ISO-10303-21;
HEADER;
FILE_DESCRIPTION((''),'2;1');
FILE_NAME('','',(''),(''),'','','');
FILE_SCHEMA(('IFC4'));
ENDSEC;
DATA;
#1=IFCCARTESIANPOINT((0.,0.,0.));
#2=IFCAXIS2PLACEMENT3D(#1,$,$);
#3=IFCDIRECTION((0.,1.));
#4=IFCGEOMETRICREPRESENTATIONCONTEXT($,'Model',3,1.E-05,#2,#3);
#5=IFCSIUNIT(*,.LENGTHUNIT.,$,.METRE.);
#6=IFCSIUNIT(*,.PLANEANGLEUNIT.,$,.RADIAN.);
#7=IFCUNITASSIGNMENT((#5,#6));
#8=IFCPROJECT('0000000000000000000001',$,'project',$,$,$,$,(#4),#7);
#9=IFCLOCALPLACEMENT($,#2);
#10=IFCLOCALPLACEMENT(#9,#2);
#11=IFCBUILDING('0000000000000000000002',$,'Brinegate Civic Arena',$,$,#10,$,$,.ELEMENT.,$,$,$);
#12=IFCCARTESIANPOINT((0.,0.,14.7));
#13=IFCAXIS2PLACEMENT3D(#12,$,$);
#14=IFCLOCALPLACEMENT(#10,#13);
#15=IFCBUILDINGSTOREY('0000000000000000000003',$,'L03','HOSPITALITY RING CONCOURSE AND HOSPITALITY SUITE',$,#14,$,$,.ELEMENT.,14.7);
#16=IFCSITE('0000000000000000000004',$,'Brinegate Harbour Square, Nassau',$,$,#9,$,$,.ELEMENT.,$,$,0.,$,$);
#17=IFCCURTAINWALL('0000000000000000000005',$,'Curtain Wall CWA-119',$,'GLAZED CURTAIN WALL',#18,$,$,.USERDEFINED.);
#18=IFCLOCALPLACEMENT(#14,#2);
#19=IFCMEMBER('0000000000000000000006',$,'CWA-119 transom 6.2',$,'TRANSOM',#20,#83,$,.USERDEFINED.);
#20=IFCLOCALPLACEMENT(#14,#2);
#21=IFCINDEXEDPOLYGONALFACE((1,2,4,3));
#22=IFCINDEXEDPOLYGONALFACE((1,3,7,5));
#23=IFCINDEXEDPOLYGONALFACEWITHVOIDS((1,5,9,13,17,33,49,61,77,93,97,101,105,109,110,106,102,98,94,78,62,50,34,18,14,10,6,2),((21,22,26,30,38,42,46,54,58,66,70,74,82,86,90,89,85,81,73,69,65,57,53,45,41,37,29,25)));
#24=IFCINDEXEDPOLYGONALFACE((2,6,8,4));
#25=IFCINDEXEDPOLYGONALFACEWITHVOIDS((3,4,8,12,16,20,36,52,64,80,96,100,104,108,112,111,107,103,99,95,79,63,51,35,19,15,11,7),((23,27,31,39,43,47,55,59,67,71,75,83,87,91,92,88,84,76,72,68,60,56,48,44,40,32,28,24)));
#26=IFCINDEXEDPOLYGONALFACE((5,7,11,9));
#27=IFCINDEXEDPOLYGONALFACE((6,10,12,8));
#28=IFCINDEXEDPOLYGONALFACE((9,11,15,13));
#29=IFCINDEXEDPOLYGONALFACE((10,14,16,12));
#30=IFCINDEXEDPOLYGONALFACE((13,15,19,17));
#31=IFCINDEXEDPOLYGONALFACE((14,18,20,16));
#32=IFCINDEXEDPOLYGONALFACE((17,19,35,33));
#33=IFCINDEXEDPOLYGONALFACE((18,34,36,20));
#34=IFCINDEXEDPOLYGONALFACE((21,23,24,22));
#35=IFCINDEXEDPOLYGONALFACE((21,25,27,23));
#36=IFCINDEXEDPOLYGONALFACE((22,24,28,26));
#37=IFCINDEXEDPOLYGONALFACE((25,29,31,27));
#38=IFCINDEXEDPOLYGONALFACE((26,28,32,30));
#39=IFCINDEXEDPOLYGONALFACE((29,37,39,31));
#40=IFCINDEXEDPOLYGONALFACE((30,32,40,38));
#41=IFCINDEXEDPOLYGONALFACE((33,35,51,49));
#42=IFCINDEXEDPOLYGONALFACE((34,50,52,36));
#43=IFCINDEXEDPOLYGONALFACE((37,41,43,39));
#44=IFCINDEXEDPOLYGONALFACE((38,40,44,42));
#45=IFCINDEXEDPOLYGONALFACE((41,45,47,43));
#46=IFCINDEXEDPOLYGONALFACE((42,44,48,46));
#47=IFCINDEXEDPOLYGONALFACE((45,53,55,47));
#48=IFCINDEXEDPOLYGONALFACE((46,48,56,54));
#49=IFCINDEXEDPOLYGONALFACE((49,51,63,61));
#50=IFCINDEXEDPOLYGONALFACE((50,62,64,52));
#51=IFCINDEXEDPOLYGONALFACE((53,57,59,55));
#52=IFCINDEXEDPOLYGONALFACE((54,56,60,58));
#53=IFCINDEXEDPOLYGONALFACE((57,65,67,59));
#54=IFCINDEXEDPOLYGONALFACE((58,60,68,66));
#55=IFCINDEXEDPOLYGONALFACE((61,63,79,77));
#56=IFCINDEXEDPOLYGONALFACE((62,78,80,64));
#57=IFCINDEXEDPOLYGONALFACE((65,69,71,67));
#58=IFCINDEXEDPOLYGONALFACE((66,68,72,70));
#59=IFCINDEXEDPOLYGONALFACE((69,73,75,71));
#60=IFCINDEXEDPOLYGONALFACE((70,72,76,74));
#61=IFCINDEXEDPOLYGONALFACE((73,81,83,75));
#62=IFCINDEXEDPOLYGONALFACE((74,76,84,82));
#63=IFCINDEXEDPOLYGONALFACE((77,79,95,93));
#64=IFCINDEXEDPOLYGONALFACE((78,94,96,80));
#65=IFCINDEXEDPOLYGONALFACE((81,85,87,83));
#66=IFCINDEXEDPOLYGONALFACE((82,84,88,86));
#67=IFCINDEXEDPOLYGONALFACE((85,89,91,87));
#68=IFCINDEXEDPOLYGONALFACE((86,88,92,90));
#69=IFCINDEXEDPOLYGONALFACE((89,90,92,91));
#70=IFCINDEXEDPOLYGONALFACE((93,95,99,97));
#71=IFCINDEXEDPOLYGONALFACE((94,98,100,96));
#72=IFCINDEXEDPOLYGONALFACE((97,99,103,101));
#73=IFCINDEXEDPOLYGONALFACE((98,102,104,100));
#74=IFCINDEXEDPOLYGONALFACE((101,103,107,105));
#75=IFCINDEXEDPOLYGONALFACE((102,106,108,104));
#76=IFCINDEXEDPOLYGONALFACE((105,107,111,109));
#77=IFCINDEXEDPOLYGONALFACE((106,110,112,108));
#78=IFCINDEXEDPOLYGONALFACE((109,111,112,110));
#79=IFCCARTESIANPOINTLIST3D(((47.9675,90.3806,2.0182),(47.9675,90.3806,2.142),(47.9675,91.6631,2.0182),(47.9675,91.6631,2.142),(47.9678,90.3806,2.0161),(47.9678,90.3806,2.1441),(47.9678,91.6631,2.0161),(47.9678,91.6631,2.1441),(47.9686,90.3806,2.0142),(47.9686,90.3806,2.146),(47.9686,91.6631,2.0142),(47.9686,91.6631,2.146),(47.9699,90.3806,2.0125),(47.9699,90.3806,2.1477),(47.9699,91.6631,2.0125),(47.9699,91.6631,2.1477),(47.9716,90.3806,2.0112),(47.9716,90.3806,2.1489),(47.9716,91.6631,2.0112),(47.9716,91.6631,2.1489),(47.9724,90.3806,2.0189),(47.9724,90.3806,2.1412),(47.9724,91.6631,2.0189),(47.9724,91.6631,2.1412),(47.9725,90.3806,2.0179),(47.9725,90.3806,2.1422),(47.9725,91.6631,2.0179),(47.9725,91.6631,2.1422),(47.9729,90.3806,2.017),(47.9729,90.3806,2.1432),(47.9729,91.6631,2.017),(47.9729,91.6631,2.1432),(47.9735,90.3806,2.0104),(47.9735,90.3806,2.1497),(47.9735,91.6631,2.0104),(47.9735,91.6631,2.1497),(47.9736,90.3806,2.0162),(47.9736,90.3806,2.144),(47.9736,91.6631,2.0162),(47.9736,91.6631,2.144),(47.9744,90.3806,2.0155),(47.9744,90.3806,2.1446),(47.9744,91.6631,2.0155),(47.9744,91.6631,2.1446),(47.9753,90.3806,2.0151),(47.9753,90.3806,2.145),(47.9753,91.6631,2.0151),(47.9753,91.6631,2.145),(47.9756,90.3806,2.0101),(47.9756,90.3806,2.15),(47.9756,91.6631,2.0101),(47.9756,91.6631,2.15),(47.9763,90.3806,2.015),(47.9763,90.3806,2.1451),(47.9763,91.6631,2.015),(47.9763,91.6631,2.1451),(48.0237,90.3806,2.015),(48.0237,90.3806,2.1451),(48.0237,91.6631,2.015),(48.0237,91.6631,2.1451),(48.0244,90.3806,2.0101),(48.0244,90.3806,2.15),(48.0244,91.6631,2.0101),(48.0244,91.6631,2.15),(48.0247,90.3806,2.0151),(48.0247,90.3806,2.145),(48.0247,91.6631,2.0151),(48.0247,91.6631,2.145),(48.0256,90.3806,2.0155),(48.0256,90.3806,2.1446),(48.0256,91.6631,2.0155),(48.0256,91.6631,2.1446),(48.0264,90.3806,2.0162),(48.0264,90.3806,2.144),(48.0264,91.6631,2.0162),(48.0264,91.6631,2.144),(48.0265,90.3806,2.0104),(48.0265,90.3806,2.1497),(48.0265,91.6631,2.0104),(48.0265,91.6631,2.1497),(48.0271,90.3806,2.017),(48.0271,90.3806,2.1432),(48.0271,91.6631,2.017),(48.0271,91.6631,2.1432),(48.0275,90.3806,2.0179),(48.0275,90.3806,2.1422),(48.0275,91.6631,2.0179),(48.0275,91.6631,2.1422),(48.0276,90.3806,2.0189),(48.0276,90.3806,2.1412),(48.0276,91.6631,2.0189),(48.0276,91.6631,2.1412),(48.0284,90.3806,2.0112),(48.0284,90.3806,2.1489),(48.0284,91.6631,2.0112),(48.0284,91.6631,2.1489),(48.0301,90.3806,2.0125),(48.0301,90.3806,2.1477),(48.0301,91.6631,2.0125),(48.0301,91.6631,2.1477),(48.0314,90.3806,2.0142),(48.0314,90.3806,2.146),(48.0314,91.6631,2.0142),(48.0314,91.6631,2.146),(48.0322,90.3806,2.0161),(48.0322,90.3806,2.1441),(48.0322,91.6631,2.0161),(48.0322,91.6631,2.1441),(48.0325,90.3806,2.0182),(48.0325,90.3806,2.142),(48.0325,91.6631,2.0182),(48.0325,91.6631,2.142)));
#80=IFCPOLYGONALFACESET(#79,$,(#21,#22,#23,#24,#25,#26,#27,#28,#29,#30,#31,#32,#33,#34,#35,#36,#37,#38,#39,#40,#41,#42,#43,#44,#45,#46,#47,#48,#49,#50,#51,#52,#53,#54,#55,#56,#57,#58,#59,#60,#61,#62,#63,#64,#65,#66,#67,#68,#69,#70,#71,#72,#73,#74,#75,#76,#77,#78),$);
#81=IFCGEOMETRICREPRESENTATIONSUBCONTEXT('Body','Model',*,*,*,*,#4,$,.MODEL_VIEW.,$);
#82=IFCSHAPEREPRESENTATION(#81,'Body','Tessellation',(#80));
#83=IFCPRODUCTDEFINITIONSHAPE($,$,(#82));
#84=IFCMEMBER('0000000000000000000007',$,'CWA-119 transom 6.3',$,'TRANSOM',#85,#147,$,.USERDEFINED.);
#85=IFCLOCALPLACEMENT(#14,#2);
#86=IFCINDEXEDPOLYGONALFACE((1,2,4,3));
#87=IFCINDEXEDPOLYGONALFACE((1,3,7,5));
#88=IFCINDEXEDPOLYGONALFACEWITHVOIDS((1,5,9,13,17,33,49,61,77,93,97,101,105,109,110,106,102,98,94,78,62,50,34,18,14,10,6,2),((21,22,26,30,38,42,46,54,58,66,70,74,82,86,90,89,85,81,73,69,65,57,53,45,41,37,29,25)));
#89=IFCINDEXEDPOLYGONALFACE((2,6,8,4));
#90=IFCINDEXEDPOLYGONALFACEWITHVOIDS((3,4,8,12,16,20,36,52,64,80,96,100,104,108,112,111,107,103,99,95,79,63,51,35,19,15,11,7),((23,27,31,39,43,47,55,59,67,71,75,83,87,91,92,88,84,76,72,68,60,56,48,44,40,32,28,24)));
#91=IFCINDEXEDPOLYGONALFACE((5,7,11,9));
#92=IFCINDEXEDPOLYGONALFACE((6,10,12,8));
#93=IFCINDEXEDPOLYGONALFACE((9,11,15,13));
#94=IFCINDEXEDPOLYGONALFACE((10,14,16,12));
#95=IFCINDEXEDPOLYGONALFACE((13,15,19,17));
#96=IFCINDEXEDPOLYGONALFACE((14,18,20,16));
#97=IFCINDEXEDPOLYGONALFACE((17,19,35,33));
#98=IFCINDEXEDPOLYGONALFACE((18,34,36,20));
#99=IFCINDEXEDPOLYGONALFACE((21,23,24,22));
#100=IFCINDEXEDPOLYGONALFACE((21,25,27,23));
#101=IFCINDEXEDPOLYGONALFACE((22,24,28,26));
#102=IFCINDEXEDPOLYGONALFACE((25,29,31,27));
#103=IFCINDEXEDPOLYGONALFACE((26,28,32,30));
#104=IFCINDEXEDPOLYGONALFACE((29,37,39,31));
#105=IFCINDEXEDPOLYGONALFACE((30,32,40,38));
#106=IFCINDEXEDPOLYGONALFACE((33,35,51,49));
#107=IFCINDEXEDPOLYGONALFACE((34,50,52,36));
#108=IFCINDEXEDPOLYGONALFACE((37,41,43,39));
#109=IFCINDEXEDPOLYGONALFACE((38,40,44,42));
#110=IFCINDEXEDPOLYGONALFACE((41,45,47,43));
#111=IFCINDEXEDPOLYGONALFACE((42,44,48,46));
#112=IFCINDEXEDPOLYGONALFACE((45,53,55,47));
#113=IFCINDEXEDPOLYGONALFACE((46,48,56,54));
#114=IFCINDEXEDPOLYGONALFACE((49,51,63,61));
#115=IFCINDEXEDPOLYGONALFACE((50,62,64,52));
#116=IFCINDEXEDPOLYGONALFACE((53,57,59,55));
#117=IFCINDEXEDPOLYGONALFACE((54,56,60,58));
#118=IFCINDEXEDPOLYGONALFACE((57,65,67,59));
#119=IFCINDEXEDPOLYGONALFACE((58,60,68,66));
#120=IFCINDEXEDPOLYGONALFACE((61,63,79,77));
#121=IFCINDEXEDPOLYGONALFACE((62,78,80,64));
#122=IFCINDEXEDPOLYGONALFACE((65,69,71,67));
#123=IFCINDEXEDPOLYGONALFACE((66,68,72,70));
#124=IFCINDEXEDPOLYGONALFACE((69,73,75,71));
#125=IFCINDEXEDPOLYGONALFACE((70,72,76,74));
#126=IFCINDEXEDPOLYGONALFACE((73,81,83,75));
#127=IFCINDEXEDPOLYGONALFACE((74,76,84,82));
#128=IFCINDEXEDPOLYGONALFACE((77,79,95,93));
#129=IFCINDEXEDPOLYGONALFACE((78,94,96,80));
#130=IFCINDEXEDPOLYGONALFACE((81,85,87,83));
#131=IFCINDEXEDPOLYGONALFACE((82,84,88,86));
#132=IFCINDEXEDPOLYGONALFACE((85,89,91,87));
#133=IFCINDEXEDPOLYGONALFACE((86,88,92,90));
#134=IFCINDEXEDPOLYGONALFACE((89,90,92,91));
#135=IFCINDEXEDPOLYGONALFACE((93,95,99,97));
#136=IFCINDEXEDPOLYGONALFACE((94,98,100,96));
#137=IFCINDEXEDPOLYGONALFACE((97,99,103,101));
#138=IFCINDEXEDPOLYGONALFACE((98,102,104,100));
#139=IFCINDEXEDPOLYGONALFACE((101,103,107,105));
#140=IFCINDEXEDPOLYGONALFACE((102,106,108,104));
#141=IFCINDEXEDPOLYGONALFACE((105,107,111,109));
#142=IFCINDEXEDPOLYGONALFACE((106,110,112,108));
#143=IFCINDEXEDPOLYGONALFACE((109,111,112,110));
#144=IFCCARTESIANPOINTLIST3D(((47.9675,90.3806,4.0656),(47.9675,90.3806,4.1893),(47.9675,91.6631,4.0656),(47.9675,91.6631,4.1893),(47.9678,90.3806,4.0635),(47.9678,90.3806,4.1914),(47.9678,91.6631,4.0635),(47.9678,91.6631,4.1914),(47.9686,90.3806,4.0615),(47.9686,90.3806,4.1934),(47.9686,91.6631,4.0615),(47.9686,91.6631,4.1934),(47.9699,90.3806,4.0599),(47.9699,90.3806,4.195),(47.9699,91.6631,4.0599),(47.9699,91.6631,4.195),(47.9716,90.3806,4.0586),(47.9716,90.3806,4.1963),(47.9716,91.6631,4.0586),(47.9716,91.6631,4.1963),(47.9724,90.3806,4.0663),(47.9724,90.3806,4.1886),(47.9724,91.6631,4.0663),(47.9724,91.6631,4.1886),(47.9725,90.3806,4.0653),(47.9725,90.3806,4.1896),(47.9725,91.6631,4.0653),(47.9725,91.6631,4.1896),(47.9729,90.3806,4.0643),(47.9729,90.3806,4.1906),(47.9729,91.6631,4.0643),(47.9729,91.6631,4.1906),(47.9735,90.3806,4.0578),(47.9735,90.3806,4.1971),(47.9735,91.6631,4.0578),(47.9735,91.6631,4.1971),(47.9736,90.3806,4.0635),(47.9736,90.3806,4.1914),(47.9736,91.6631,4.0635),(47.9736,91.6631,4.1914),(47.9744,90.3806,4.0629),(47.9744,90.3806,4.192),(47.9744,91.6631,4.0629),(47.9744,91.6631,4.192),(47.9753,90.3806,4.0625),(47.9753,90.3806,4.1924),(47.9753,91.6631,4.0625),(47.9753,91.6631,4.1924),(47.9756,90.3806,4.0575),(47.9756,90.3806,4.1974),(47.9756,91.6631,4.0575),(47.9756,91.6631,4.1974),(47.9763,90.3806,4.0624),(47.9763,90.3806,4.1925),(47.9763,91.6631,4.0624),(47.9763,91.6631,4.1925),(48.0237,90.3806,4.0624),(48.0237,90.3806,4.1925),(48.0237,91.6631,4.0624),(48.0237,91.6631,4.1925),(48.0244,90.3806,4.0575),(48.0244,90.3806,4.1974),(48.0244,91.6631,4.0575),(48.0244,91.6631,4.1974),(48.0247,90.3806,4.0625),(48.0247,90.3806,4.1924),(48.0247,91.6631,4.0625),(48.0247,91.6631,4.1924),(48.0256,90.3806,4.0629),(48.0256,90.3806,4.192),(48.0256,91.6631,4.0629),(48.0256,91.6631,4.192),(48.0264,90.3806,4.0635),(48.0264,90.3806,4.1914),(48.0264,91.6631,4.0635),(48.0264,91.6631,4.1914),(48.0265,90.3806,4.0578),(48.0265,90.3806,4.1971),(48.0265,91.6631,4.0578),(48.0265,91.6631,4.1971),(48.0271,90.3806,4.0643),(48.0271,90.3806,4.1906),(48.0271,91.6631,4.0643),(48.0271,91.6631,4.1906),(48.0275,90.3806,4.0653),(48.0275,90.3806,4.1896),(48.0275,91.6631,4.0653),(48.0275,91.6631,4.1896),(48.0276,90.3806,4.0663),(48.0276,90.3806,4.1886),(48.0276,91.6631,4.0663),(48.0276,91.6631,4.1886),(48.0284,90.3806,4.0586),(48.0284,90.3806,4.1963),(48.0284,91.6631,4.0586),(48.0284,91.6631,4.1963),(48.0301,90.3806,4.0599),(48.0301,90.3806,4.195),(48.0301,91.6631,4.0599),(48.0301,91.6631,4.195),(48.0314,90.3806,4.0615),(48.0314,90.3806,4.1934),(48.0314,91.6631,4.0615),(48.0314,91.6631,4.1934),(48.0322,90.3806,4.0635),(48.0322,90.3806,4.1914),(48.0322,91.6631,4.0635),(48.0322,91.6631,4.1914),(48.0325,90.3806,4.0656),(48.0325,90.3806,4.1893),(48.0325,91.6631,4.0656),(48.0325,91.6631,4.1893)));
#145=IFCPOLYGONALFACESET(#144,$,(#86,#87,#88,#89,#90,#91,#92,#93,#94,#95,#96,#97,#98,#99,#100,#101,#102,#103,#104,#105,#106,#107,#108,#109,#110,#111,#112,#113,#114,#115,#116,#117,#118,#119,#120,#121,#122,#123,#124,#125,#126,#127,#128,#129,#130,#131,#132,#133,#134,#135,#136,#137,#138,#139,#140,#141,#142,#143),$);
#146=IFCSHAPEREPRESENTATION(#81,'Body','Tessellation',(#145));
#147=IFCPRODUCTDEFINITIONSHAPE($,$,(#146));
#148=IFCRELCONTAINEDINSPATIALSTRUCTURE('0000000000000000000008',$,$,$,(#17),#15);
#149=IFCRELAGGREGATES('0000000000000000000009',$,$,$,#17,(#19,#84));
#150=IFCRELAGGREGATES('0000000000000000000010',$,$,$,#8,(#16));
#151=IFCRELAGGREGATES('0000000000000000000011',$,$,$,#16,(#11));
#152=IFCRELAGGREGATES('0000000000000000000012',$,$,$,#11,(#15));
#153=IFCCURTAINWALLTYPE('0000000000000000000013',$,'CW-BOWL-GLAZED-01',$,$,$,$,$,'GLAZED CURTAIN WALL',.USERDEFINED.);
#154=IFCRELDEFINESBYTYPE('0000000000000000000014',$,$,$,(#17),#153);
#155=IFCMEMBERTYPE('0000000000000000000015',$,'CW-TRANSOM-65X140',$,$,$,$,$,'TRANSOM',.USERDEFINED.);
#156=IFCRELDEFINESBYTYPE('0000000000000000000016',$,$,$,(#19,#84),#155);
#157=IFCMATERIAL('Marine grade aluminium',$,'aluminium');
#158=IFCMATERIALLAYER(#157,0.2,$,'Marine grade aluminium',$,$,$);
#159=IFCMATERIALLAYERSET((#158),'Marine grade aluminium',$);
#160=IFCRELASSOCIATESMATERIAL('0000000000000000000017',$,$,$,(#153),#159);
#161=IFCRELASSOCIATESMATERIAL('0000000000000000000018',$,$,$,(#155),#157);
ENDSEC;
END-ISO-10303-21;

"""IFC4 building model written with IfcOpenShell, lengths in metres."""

from ifc_helpers import new_model, si_unit, direction, frame, origin, origin_2d, place, context, subcontext, project, spatial, hollow_rectangle, extrude, material, layer, layer_set, material_profile, profile_set, type_object, element, aggregate, save


model = new_model("IFC4")

# Units and contexts
model_context = context("Model", 3, precision=1e-05, world=origin(), true_north=direction((0.0, 1.0)))
body_context = subcontext(model_context, "Body", "Model", "MODEL_VIEW")
ifc_project = project(units=[si_unit("LENGTHUNIT", "METRE"), si_unit("PLANEANGLEUNIT", "RADIAN")], contexts=[model_context])

# Site, building, storey
site_placement = place(None, origin())
site = spatial("IfcSite", under=ifc_project, at=site_placement, Name="Brinegate Harbour Square, Nassau", CompositionType="ELEMENT", RefElevation=0.0)
building_placement = place(site_placement, origin())
building = spatial("IfcBuilding", under=site, at=building_placement, Name="Brinegate Civic Arena", CompositionType="ELEMENT")
storey_placement = place(building_placement, frame((0.0, 0.0, 14.7)))
storey = spatial("IfcBuildingStorey", under=building, at=storey_placement, Name="L03", Description="HOSPITALITY RING CONCOURSE AND HOSPITALITY SUITE", CompositionType="ELEMENT", Elevation=14.7)

# Curtain wall, members
ifc_material_1 = material(Name="Marine grade aluminium", Category="aluminium")
ifc_layer_1 = layer(ifc_material_1, 0.2, Name="Marine grade aluminium")
ifc_layer_set_1 = layer_set([ifc_layer_1], Name="Marine grade aluminium")
curtain_wall_type = type_object("IfcCurtainWallType", Name="CW-BOWL-GLAZED-01", ElementType="GLAZED CURTAIN WALL", PredefinedType="USERDEFINED", material=ifc_layer_set_1)
curtain_wall_1_placement = place(storey_placement, origin())
curtain_wall_1 = element("IfcCurtainWall", 1, at=curtain_wall_1_placement, inside=storey, type_object=curtain_wall_type, Name="Curtain Wall CWA-119", ObjectType="GLAZED CURTAIN WALL", PredefinedType="USERDEFINED")
ifc_material_profile_1 = material_profile(ifc_material_1, hollow_rectangle(XDim=0.0649, YDim=0.1399, WallThickness=0.0049, InnerFilletRadius=0.0039, OuterFilletRadius=0.0081, at=origin_2d()), Name="TRN65X140")
ifc_profile_set_1 = profile_set([ifc_material_profile_1], Name="Marine grade aluminium")
member_type_1 = type_object("IfcMemberType", Name="CW-TRANSOM-65X140", ElementType="TRANSOM", PredefinedType="USERDEFINED", material=ifc_profile_set_1)
member_1_placement = place(storey_placement, frame((48.0, 90.3806, 2.0801), z_axis=(0.0, 1.0, 0.0), x_axis=(-1.0, 0.0, 0.0)))
member_1 = element("IfcMember", 2, at=member_1_placement, type_object=member_type_1, Name="CWA-119 transom 6.2", ObjectType="TRANSOM", PredefinedType="USERDEFINED", context=body_context, shape_type="SweptSolid", body=[
    extrude(hollow_rectangle(XDim=0.0649, YDim=0.1399, WallThickness=0.0049, InnerFilletRadius=0.0039, OuterFilletRadius=0.0081, at=origin_2d()), origin(), (0.0, 0.0, 1.0), 1.2825),
])
member_2_placement = place(storey_placement, frame((48.0, 90.3806, 4.1274), z_axis=(0.0, 1.0, 0.0), x_axis=(-1.0, 0.0, 0.0)))
member_2 = element("IfcMember", 3, at=member_2_placement, type_object=member_type_1, Name="CWA-119 transom 6.3", ObjectType="TRANSOM", PredefinedType="USERDEFINED", context=body_context, shape_type="SweptSolid", body=[
    extrude(hollow_rectangle(XDim=0.0649, YDim=0.1399, WallThickness=0.0049, InnerFilletRadius=0.0039, OuterFilletRadius=0.0081, at=origin_2d()), origin(), (0.0, 0.0, 1.0), 1.2825),
])

aggregate(curtain_wall_1, [member_1, member_2])

save(model, "model.ifc")
